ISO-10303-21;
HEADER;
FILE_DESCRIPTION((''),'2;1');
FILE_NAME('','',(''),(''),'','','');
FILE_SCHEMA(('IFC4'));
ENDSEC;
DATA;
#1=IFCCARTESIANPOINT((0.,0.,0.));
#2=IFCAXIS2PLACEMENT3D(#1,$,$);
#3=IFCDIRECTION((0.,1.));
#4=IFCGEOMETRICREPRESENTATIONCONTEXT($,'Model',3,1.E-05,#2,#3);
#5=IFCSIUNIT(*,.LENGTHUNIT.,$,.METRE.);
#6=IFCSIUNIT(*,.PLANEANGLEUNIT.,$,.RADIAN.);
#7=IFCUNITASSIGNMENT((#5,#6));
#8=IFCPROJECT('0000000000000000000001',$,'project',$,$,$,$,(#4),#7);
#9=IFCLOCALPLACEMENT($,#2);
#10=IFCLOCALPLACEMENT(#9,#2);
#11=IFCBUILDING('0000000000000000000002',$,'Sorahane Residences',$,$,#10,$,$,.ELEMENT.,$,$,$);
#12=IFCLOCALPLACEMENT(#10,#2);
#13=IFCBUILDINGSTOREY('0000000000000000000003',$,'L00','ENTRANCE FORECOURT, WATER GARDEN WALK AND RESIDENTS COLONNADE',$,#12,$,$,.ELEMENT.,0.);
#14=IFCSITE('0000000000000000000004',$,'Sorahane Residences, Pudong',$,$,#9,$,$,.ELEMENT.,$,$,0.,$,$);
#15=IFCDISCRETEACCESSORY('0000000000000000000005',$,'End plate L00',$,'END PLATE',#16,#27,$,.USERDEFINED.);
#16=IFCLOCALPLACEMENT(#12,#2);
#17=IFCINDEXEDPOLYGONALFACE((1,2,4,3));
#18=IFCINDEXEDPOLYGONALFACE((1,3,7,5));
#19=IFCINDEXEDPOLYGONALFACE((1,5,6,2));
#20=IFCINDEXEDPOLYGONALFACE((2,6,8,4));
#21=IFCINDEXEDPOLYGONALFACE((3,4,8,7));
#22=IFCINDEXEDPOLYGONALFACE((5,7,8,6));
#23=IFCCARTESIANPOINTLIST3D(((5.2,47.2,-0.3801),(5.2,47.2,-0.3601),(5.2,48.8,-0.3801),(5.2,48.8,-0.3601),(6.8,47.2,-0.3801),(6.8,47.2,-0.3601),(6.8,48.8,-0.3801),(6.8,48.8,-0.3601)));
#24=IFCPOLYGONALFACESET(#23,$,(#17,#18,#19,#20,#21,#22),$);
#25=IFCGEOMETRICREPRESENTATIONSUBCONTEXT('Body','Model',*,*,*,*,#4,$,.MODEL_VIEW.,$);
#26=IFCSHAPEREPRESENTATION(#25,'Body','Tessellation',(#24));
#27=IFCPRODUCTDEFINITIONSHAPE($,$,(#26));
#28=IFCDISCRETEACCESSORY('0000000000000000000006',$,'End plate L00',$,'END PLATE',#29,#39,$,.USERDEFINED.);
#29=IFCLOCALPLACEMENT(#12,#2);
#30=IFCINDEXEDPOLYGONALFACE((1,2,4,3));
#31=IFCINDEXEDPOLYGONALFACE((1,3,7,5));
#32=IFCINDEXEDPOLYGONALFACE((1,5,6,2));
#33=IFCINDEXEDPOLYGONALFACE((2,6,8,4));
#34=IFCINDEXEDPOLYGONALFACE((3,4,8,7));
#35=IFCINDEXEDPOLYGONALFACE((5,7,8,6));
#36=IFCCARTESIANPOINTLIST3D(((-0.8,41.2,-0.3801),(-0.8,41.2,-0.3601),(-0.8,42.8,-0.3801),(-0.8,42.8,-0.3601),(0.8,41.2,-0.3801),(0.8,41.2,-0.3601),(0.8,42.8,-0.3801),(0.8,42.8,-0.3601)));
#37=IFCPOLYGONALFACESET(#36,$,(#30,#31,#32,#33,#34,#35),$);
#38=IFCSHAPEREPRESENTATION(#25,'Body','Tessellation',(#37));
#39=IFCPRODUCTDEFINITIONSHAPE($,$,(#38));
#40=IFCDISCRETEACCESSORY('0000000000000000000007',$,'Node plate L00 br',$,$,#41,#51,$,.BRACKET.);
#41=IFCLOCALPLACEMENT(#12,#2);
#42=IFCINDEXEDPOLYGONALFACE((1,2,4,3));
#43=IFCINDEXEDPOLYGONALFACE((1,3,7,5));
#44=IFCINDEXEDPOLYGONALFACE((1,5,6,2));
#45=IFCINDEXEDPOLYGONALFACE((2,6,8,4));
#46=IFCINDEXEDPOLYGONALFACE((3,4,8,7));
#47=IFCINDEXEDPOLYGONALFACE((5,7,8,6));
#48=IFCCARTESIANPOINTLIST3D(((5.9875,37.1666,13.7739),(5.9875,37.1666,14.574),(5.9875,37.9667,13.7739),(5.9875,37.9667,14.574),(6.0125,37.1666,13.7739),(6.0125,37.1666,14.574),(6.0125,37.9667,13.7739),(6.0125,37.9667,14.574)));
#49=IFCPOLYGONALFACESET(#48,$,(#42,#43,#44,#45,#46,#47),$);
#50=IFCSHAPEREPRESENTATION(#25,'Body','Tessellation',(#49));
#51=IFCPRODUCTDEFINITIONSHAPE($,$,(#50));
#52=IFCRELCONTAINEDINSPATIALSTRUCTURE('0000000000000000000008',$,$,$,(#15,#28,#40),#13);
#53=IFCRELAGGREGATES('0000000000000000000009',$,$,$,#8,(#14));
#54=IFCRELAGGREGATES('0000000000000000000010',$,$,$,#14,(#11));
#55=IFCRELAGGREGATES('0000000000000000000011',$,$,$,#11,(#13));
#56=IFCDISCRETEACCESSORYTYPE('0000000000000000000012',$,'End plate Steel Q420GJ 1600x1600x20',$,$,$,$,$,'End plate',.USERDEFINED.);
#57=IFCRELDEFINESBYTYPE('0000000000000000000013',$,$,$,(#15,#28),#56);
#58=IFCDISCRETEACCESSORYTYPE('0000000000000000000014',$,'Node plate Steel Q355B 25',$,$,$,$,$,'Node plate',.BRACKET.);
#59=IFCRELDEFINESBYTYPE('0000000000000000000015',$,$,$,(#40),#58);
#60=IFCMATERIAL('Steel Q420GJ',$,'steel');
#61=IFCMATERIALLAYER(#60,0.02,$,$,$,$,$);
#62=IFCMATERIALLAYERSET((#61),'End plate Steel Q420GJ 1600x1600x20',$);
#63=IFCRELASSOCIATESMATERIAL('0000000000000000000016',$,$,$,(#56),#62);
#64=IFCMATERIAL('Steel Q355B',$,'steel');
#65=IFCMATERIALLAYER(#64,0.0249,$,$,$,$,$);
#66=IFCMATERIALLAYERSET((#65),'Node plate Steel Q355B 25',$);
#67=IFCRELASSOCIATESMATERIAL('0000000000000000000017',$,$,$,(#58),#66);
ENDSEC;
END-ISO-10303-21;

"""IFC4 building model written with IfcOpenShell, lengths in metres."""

from ifc_helpers import new_model, si_unit, direction, frame, origin, origin_2d, place, context, subcontext, project, spatial, rectangle, extrude, material, layer, layer_set, type_object, element, save


model = new_model("IFC4")

# Units and contexts
model_context = context("Model", 3, precision=1e-05, world=origin(), true_north=direction((0.0, 1.0)))
body_context = subcontext(model_context, "Body", "Model", "MODEL_VIEW")
ifc_project = project(units=[si_unit("LENGTHUNIT", "METRE"), si_unit("PLANEANGLEUNIT", "RADIAN")], contexts=[model_context])

# Site, building, storey
site_placement = place(None, origin())
site = spatial("IfcSite", under=ifc_project, at=site_placement, Name="Sorahane Residences, Pudong", CompositionType="ELEMENT", RefElevation=0.0)
building_placement = place(site_placement, origin())
building = spatial("IfcBuilding", under=site, at=building_placement, Name="Sorahane Residences", CompositionType="ELEMENT")
storey_placement = place(building_placement, origin())
storey = spatial("IfcBuildingStorey", under=building, at=storey_placement, Name="L00", Description="ENTRANCE FORECOURT, WATER GARDEN WALK AND RESIDENTS COLONNADE", CompositionType="ELEMENT", Elevation=0.0)

# Discrete accessories
ifc_material_1 = material(Name="Steel Q420GJ", Category="steel")
ifc_layer_1 = layer(ifc_material_1, 0.02)
ifc_layer_set_1 = layer_set([ifc_layer_1], Name="End plate Steel Q420GJ 1600x1600x20")
discrete_accessory_type_1 = type_object("IfcDiscreteAccessoryType", Name="End plate Steel Q420GJ 1600x1600x20", ElementType="End plate", PredefinedType="USERDEFINED", material=ifc_layer_set_1)
for number, where, z_axis, x_axis, name in (
    (1, (6.0, 48.0, -0.3801), (0.0, 0.0, 1.0), (1.0, 0.0, 0.0), "End plate L00"),
    (2, (0.0, 42.0, -0.3801), (0.0, 0.0, 1.0), (1.0, 0.0, 0.0), "End plate L00"),
):
    element("IfcDiscreteAccessory", number, at=place(storey_placement, frame(where, z_axis=z_axis, x_axis=x_axis)), inside=storey, type_object=discrete_accessory_type_1, Name=name, ObjectType="END PLATE", PredefinedType="USERDEFINED", context=body_context, shape_type="SweptSolid", body=[
        extrude(rectangle(XDim=1.6001, YDim=1.6001, at=origin_2d()), origin(), (0.0, 0.0, 1.0), 0.02),
    ])
ifc_material_2 = material(Name="Steel Q355B", Category="steel")
ifc_layer_2 = layer(ifc_material_2, 0.0249)
ifc_layer_set_2 = layer_set([ifc_layer_2], Name="Node plate Steel Q355B 25")
discrete_accessory_type_2 = type_object("IfcDiscreteAccessoryType", Name="Node plate Steel Q355B 25", ElementType="Node plate", PredefinedType="BRACKET", material=ifc_layer_set_2)
discrete_accessory_placement = place(storey_placement, frame((6.0, 37.5667, 13.7739), z_axis=(0.0, 0.0, 1.0), x_axis=(0.0, 1.0, 0.0)))
element("IfcDiscreteAccessory", 3, at=discrete_accessory_placement, inside=storey, type_object=discrete_accessory_type_2, Name="Node plate L00 br", PredefinedType="BRACKET", context=body_context, shape_type="SweptSolid", body=[
    extrude(rectangle(XDim=0.8, YDim=0.0249, at=origin_2d()), origin(), (0.0, 0.0, 1.0), 0.8),
])

save(model, "model.ifc")
